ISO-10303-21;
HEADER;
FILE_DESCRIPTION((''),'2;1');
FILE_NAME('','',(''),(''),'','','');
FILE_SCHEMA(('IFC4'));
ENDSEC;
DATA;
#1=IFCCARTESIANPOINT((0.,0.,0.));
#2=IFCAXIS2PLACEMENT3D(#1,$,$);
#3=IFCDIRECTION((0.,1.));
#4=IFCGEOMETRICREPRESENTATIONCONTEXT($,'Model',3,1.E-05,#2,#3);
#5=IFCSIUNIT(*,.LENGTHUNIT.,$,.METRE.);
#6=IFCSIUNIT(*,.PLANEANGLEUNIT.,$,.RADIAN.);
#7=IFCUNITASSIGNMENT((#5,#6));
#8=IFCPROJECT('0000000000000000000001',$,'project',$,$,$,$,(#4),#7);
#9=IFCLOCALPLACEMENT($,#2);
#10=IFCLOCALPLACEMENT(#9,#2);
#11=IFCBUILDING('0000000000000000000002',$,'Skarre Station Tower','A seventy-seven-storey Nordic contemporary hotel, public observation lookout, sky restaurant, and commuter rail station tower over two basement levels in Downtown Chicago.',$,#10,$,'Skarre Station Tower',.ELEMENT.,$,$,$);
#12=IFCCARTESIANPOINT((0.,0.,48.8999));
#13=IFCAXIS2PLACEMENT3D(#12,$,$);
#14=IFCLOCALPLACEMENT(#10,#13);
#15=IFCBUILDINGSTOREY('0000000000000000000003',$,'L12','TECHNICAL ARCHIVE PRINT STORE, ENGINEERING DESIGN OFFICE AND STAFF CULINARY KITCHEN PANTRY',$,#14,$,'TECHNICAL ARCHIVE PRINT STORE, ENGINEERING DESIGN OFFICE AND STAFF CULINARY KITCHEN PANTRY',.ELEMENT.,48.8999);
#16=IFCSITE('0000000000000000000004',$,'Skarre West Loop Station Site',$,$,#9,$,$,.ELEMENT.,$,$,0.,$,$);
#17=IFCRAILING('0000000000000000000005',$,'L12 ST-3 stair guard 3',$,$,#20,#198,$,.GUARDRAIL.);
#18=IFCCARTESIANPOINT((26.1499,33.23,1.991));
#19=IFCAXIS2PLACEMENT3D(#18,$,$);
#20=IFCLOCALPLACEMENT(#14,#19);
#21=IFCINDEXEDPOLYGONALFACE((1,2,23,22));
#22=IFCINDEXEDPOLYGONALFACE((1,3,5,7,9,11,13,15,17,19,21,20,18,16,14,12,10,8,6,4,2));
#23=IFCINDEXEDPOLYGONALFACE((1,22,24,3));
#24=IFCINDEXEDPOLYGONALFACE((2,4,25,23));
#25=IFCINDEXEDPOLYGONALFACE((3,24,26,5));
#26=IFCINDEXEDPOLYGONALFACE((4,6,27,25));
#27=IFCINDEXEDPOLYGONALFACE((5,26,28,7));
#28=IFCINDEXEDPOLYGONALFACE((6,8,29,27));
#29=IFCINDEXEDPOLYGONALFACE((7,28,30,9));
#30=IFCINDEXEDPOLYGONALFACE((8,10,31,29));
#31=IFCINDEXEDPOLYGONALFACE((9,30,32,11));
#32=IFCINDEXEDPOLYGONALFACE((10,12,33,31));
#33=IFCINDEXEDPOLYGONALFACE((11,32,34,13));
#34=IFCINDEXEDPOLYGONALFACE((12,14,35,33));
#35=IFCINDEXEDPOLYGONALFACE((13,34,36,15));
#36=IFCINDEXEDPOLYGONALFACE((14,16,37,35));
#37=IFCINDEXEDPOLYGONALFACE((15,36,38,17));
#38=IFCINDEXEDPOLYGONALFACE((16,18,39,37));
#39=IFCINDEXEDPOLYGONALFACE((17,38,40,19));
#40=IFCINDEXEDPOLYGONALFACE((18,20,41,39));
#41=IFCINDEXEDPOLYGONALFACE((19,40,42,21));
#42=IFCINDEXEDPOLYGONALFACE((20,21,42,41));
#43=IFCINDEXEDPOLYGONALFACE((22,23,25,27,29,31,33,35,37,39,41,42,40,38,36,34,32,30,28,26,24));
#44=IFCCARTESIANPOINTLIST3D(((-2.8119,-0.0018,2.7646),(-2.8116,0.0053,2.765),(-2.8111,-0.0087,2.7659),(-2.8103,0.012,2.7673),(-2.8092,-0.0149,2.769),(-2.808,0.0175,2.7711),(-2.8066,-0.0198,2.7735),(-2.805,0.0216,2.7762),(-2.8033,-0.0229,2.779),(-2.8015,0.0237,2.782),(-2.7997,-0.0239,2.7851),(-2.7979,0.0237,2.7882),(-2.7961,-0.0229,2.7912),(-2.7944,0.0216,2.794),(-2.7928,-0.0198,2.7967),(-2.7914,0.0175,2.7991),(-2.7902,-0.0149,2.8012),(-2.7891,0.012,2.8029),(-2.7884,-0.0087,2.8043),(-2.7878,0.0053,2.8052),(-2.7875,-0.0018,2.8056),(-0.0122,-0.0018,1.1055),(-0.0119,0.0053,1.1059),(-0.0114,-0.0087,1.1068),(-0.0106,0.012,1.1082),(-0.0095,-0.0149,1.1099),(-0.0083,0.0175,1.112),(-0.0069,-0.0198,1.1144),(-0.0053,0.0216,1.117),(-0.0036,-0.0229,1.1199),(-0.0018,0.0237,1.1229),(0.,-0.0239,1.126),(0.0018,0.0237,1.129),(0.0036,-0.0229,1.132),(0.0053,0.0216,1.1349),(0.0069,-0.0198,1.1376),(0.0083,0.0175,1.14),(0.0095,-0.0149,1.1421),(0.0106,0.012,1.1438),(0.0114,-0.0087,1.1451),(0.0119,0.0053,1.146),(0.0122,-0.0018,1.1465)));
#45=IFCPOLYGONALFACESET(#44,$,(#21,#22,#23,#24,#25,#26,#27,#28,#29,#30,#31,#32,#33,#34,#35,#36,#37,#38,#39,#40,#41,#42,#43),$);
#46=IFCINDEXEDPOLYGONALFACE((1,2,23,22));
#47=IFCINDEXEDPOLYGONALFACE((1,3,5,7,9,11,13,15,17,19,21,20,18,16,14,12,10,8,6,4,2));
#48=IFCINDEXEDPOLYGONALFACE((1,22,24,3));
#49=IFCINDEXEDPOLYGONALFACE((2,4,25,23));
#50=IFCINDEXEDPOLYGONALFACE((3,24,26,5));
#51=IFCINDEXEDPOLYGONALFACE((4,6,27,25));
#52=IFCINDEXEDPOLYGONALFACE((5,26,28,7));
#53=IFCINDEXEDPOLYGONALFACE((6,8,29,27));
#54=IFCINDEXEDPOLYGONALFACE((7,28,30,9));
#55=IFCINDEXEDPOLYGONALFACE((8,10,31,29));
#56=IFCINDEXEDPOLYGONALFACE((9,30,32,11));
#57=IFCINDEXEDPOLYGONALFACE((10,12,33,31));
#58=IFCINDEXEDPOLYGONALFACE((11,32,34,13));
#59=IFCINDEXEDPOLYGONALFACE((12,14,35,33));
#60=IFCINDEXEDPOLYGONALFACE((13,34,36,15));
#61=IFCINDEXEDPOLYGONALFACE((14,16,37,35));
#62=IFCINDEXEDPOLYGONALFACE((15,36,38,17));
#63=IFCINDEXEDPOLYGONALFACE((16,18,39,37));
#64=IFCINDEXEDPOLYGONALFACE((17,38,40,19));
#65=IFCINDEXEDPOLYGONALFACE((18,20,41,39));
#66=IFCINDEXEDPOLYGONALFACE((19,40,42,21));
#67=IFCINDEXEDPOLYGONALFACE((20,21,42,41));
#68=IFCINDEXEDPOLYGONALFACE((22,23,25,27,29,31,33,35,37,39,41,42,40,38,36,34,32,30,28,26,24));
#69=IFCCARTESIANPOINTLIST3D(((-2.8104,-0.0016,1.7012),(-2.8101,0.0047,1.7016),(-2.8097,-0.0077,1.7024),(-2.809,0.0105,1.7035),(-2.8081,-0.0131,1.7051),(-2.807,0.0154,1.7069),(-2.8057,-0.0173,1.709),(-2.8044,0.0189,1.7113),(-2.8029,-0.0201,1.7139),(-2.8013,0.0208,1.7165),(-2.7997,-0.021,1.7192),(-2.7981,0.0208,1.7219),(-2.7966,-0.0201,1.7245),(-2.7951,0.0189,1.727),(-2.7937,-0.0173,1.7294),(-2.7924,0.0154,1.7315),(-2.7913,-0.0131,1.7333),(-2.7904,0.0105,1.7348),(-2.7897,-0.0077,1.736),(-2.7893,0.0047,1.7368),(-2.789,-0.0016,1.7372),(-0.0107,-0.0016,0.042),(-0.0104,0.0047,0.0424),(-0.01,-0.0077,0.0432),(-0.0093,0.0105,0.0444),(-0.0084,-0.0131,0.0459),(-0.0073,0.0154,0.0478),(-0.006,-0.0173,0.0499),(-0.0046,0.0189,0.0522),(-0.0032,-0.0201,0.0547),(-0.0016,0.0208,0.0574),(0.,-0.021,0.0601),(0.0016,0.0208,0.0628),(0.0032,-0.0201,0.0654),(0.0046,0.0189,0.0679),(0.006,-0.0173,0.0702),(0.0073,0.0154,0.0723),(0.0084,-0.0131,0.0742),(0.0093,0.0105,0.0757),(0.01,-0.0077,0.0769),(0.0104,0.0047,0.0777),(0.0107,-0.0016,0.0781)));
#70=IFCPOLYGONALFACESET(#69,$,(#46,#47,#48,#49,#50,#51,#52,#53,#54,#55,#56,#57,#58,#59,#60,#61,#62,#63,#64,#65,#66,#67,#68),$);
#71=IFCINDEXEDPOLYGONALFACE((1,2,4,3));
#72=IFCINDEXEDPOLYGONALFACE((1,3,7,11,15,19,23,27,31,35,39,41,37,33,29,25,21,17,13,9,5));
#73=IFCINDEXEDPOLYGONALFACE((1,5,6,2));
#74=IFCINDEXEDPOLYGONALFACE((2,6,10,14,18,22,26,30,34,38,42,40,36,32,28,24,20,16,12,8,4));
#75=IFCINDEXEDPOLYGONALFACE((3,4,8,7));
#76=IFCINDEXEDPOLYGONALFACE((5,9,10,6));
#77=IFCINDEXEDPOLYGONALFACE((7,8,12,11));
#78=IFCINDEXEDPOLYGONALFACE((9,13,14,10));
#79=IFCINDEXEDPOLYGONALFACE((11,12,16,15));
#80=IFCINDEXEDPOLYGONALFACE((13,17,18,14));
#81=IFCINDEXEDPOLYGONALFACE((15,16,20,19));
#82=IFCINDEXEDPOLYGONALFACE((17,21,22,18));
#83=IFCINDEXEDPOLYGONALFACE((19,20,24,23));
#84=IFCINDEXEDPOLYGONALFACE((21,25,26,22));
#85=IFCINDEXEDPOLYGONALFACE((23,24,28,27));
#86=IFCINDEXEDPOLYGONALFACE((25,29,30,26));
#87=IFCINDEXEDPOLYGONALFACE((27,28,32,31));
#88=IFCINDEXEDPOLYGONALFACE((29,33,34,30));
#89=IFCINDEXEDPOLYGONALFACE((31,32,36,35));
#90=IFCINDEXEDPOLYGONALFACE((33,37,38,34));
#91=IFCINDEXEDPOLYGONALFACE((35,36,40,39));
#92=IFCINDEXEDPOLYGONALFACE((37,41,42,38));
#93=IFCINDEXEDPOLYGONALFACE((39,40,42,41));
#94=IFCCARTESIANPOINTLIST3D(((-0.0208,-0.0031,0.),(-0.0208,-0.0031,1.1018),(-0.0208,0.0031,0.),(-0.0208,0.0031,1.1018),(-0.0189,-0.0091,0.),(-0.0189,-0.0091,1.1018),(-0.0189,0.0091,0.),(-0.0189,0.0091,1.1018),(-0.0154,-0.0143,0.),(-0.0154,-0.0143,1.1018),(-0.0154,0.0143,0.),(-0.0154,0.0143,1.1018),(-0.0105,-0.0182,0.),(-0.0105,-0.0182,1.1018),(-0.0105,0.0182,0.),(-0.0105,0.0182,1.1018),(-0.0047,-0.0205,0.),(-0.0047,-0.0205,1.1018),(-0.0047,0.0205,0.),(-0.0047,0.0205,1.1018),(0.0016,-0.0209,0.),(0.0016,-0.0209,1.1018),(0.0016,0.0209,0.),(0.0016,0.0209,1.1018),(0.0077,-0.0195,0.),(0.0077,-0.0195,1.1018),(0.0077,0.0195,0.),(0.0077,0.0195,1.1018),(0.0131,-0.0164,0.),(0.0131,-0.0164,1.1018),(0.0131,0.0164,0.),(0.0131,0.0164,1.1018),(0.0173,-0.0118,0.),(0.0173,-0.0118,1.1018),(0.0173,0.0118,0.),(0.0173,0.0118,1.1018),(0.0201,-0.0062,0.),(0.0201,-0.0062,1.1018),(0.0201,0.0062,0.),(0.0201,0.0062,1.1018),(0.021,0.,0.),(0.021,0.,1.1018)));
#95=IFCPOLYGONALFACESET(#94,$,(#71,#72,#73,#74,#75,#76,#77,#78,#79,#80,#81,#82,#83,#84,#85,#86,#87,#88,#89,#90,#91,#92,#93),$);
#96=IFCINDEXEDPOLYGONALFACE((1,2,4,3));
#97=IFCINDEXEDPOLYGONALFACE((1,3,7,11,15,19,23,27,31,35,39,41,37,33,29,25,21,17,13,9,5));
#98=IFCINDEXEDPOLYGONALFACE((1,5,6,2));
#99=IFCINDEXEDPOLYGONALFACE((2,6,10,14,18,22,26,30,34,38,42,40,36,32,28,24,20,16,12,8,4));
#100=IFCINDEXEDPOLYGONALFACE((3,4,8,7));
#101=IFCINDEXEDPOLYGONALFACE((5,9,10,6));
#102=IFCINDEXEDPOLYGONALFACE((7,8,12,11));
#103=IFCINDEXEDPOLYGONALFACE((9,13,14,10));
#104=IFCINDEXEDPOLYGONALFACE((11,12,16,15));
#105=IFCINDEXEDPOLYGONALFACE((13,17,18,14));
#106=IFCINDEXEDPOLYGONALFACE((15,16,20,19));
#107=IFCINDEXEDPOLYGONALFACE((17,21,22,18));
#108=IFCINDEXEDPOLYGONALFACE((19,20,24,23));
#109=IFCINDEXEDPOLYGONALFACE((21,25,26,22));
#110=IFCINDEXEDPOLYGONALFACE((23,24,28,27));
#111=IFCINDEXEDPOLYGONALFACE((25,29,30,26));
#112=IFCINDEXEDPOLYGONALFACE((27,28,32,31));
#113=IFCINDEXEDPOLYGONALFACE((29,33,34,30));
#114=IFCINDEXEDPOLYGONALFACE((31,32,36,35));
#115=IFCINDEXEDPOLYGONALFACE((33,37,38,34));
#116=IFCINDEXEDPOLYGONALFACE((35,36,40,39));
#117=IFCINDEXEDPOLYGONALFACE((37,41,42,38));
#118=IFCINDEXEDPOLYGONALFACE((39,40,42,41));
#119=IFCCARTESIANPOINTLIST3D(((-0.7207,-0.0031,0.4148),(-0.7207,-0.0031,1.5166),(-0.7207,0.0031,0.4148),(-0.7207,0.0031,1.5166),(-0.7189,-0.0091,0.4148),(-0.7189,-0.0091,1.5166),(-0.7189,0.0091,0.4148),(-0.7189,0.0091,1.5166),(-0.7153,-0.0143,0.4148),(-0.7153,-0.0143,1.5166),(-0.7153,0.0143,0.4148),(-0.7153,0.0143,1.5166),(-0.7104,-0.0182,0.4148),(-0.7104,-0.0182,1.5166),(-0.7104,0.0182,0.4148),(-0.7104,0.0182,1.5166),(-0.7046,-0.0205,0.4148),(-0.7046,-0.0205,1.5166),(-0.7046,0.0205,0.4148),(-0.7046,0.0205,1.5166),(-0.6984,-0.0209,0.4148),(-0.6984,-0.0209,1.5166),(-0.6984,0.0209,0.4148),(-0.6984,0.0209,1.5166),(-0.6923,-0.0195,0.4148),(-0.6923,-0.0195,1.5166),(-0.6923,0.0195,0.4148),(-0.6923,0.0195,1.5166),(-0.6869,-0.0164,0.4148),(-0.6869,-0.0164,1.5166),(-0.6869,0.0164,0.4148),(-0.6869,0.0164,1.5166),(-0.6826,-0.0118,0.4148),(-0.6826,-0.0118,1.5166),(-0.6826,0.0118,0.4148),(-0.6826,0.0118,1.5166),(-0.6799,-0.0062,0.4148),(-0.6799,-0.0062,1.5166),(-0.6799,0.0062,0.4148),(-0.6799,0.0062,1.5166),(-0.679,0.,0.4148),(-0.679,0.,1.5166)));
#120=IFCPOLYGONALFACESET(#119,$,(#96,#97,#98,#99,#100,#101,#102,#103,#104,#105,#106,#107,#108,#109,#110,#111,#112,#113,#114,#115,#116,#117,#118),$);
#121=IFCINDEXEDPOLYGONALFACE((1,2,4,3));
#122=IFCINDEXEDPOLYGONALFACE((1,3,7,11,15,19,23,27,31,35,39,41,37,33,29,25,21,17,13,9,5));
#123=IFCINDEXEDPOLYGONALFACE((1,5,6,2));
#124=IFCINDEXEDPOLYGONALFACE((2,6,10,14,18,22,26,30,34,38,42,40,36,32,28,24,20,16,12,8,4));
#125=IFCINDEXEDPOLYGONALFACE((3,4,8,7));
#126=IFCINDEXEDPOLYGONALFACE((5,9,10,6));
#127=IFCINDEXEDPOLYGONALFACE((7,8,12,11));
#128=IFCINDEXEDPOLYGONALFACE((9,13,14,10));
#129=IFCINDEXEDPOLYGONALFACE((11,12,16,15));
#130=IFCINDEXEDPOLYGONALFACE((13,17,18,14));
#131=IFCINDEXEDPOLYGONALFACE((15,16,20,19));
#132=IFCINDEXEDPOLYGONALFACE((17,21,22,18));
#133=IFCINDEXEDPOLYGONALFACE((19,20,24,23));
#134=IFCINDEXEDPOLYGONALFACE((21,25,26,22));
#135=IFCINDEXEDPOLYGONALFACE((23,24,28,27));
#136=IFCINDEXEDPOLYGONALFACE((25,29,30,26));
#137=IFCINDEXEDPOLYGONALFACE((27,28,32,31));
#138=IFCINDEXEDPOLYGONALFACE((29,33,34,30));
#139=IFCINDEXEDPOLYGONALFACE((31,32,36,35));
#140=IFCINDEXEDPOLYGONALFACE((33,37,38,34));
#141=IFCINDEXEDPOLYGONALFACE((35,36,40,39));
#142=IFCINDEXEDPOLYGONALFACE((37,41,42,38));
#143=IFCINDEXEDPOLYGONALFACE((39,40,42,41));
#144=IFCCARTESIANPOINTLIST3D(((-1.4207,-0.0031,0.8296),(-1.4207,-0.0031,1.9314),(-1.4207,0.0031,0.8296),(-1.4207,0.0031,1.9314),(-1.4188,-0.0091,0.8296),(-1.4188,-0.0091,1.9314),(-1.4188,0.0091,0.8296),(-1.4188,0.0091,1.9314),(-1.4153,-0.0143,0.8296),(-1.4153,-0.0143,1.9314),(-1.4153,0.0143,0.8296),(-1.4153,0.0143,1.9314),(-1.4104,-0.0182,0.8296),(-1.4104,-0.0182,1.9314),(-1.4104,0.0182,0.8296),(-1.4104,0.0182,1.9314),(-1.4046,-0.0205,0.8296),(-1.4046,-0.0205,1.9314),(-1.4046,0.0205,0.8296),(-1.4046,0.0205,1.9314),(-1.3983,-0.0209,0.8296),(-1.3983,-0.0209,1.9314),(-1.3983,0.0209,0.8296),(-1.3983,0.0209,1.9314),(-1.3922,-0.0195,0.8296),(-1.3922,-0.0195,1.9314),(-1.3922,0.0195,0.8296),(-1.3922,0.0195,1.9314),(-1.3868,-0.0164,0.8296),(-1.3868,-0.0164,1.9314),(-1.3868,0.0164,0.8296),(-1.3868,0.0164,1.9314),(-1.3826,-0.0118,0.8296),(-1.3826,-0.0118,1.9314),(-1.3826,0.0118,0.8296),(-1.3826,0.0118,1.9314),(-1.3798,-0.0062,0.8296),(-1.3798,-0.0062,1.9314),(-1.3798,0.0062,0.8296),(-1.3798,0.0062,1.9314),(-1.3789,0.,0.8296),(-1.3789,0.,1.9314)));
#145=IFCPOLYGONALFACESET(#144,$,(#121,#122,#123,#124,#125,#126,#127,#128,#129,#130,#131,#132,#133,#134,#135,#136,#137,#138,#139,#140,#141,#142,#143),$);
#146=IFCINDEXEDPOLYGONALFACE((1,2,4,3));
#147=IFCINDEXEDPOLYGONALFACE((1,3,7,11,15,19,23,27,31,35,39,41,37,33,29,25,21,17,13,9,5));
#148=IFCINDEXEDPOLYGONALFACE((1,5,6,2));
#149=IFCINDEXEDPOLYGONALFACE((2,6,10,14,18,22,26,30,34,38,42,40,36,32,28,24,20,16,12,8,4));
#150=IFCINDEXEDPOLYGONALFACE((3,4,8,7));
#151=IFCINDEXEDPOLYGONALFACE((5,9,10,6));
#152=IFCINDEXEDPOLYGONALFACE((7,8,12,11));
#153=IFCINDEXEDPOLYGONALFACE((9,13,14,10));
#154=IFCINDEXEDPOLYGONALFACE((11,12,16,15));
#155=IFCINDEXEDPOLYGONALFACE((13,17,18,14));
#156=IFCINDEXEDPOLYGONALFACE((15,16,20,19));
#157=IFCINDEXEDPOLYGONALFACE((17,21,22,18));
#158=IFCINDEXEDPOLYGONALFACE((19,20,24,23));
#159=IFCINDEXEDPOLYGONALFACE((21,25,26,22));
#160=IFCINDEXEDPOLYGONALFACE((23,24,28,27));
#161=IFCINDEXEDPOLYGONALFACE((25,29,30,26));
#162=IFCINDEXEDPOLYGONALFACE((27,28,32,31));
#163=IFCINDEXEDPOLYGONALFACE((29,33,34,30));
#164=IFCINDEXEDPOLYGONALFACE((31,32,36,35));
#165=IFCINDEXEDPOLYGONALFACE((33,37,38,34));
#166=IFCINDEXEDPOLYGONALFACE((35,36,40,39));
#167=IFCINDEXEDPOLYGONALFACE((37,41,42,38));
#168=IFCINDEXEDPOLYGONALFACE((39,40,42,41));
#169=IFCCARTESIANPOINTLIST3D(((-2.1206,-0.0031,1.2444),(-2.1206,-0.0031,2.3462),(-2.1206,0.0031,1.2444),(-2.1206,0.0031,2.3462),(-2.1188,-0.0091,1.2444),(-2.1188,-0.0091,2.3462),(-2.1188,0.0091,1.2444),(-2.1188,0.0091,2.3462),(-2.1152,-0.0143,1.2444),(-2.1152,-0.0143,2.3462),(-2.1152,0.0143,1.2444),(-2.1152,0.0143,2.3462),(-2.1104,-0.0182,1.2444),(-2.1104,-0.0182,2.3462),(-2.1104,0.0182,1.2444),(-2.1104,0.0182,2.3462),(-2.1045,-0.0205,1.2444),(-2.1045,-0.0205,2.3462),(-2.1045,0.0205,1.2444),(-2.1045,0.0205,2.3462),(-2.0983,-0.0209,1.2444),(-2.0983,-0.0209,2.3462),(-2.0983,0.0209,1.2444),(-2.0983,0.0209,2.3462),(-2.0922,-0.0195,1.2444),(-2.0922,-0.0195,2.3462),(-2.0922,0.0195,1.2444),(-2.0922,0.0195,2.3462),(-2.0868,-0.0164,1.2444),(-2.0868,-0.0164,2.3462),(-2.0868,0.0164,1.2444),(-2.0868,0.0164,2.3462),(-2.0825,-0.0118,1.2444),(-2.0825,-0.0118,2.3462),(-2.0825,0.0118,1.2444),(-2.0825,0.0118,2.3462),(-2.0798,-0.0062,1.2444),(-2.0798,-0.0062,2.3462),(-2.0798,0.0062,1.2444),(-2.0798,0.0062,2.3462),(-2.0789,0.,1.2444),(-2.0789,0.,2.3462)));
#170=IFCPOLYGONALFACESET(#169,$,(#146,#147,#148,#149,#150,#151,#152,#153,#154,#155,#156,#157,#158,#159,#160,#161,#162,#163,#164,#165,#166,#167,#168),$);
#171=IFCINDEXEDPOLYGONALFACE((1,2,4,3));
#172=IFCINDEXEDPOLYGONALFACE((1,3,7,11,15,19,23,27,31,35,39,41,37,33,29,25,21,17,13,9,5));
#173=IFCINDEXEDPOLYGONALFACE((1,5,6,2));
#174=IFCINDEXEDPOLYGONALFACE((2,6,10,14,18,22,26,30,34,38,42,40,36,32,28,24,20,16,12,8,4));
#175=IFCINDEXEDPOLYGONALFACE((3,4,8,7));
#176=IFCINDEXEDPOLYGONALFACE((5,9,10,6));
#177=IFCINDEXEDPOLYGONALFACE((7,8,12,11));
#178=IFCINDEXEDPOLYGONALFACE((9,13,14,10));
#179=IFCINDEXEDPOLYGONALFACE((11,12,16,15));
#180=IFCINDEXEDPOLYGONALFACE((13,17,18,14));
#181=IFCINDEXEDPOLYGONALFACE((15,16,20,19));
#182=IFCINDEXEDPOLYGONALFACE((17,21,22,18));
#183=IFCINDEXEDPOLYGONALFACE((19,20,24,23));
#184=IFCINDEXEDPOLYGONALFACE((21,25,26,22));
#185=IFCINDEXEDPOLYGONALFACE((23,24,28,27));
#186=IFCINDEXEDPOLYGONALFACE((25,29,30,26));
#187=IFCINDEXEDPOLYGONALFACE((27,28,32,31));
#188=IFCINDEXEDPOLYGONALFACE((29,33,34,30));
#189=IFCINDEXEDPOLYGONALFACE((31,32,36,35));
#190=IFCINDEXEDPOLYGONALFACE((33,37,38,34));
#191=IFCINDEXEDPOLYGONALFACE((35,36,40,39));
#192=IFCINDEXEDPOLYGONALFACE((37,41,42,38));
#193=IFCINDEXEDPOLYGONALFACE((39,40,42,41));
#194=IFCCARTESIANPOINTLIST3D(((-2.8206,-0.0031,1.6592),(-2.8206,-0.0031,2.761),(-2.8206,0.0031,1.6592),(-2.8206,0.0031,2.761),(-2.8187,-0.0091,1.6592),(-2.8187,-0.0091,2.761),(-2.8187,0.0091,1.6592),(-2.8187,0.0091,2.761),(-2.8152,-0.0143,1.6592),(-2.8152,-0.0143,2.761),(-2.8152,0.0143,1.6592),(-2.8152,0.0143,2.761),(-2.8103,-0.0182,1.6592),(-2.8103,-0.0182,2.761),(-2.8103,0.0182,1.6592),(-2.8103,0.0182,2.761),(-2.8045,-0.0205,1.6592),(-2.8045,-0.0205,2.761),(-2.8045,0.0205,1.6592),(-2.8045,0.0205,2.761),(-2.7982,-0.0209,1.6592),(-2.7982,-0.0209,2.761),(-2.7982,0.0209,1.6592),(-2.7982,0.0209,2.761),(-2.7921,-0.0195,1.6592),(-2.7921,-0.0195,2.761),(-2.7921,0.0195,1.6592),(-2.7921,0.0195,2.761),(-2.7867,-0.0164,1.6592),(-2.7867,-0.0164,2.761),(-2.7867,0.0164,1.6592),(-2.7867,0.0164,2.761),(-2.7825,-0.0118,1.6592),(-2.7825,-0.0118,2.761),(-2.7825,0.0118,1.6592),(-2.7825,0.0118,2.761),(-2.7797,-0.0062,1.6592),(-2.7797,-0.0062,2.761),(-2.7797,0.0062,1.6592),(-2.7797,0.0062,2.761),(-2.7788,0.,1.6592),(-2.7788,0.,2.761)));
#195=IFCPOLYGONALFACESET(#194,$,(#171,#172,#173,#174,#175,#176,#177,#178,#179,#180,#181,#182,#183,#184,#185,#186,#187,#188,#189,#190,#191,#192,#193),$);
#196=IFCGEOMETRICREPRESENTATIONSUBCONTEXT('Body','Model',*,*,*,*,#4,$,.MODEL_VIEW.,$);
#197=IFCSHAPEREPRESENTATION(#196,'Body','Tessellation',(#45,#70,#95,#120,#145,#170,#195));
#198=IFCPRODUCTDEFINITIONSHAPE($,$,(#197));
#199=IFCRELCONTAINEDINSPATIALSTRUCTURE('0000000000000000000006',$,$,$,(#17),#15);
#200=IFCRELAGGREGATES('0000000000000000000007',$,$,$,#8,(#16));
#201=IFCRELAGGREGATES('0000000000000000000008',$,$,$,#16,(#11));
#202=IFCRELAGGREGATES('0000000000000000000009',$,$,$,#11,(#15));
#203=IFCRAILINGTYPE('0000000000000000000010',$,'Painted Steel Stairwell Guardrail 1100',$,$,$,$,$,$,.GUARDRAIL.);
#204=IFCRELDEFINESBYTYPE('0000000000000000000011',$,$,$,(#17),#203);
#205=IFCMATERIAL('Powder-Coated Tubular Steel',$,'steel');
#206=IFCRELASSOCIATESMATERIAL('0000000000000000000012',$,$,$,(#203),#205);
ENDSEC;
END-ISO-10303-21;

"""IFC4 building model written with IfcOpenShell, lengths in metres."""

from ifc_helpers import new_model, si_unit, direction, frame, origin, origin_2d, place, context, subcontext, project, spatial, circle, extrude, material, type_object, element, save


model = new_model("IFC4")

# Units and contexts
model_context = context("Model", 3, precision=1e-05, world=origin(), true_north=direction((0.0, 1.0)))
body_context = subcontext(model_context, "Body", "Model", "MODEL_VIEW")
ifc_project = project(units=[si_unit("LENGTHUNIT", "METRE"), si_unit("PLANEANGLEUNIT", "RADIAN")], contexts=[model_context])

# Site, building, storey
site_placement = place(None, origin())
site = spatial("IfcSite", under=ifc_project, at=site_placement, Name="Skarre West Loop Station Site", CompositionType="ELEMENT", RefElevation=0.0)
building_placement = place(site_placement, origin())
building = spatial("IfcBuilding", under=site, at=building_placement, Name="Skarre Station Tower", Description="A seventy-seven-storey Nordic contemporary hotel, public observation lookout, sky restaurant, and commuter rail station tower over two basement levels in Downtown Chicago.", LongName="Skarre Station Tower", CompositionType="ELEMENT")
storey_placement = place(building_placement, frame((0.0, 0.0, 48.8999)))
storey = spatial("IfcBuildingStorey", under=building, at=storey_placement, Name="L12", Description="TECHNICAL ARCHIVE PRINT STORE, ENGINEERING DESIGN OFFICE AND STAFF CULINARY KITCHEN PANTRY", LongName="TECHNICAL ARCHIVE PRINT STORE, ENGINEERING DESIGN OFFICE AND STAFF CULINARY KITCHEN PANTRY", CompositionType="ELEMENT", Elevation=48.8999)

# Railing
ifc_material_1 = material(Name="Powder-Coated Tubular Steel", Category="steel")
railing_type_1 = type_object("IfcRailingType", Name="Painted Steel Stairwell Guardrail 1100", PredefinedType="GUARDRAIL", material=ifc_material_1)
railing_1_placement = place(storey_placement, frame((26.1499, 33.23, 1.991)))
element("IfcRailing", 1, at=railing_1_placement, inside=storey, type_object=railing_type_1, Name="L12 ST-3 stair guard 3", PredefinedType="GUARDRAIL", context=body_context, shape_type="SweptSolid", body=[
    extrude(circle(Radius=0.0239, at=origin_2d()), frame((0.0, 0.0, 1.126), z_axis=(-0.860287, 0.0, 0.509811), x_axis=(0.0, -1.0, 0.0)), (0.0, 0.0, 1.0), 3.2544),
    extrude(circle(Radius=0.021, at=origin_2d()), frame((0.0, 0.0, 0.0601), z_axis=(-0.860287, 0.0, 0.509811), x_axis=(0.0, -1.0, 0.0)), (0.0, 0.0, 1.0), 3.2544),
    extrude(circle(Radius=0.021, at=origin_2d()), origin(), (0.0, 0.0, 1.0), 1.1018),
    extrude(circle(Radius=0.021, at=origin_2d()), frame((-0.7, 0.0, 0.4148)), (0.0, 0.0, 1.0), 1.1018),
    extrude(circle(Radius=0.021, at=origin_2d()), frame((-1.3999, 0.0, 0.8296)), (0.0, 0.0, 1.0), 1.1018),
    extrude(circle(Radius=0.021, at=origin_2d()), frame((-2.0999, 0.0, 1.2444)), (0.0, 0.0, 1.0), 1.1018),
    extrude(circle(Radius=0.021, at=origin_2d()), frame((-2.7998, 0.0, 1.6592)), (0.0, 0.0, 1.0), 1.1018),
])

save(model, "model.ifc")
